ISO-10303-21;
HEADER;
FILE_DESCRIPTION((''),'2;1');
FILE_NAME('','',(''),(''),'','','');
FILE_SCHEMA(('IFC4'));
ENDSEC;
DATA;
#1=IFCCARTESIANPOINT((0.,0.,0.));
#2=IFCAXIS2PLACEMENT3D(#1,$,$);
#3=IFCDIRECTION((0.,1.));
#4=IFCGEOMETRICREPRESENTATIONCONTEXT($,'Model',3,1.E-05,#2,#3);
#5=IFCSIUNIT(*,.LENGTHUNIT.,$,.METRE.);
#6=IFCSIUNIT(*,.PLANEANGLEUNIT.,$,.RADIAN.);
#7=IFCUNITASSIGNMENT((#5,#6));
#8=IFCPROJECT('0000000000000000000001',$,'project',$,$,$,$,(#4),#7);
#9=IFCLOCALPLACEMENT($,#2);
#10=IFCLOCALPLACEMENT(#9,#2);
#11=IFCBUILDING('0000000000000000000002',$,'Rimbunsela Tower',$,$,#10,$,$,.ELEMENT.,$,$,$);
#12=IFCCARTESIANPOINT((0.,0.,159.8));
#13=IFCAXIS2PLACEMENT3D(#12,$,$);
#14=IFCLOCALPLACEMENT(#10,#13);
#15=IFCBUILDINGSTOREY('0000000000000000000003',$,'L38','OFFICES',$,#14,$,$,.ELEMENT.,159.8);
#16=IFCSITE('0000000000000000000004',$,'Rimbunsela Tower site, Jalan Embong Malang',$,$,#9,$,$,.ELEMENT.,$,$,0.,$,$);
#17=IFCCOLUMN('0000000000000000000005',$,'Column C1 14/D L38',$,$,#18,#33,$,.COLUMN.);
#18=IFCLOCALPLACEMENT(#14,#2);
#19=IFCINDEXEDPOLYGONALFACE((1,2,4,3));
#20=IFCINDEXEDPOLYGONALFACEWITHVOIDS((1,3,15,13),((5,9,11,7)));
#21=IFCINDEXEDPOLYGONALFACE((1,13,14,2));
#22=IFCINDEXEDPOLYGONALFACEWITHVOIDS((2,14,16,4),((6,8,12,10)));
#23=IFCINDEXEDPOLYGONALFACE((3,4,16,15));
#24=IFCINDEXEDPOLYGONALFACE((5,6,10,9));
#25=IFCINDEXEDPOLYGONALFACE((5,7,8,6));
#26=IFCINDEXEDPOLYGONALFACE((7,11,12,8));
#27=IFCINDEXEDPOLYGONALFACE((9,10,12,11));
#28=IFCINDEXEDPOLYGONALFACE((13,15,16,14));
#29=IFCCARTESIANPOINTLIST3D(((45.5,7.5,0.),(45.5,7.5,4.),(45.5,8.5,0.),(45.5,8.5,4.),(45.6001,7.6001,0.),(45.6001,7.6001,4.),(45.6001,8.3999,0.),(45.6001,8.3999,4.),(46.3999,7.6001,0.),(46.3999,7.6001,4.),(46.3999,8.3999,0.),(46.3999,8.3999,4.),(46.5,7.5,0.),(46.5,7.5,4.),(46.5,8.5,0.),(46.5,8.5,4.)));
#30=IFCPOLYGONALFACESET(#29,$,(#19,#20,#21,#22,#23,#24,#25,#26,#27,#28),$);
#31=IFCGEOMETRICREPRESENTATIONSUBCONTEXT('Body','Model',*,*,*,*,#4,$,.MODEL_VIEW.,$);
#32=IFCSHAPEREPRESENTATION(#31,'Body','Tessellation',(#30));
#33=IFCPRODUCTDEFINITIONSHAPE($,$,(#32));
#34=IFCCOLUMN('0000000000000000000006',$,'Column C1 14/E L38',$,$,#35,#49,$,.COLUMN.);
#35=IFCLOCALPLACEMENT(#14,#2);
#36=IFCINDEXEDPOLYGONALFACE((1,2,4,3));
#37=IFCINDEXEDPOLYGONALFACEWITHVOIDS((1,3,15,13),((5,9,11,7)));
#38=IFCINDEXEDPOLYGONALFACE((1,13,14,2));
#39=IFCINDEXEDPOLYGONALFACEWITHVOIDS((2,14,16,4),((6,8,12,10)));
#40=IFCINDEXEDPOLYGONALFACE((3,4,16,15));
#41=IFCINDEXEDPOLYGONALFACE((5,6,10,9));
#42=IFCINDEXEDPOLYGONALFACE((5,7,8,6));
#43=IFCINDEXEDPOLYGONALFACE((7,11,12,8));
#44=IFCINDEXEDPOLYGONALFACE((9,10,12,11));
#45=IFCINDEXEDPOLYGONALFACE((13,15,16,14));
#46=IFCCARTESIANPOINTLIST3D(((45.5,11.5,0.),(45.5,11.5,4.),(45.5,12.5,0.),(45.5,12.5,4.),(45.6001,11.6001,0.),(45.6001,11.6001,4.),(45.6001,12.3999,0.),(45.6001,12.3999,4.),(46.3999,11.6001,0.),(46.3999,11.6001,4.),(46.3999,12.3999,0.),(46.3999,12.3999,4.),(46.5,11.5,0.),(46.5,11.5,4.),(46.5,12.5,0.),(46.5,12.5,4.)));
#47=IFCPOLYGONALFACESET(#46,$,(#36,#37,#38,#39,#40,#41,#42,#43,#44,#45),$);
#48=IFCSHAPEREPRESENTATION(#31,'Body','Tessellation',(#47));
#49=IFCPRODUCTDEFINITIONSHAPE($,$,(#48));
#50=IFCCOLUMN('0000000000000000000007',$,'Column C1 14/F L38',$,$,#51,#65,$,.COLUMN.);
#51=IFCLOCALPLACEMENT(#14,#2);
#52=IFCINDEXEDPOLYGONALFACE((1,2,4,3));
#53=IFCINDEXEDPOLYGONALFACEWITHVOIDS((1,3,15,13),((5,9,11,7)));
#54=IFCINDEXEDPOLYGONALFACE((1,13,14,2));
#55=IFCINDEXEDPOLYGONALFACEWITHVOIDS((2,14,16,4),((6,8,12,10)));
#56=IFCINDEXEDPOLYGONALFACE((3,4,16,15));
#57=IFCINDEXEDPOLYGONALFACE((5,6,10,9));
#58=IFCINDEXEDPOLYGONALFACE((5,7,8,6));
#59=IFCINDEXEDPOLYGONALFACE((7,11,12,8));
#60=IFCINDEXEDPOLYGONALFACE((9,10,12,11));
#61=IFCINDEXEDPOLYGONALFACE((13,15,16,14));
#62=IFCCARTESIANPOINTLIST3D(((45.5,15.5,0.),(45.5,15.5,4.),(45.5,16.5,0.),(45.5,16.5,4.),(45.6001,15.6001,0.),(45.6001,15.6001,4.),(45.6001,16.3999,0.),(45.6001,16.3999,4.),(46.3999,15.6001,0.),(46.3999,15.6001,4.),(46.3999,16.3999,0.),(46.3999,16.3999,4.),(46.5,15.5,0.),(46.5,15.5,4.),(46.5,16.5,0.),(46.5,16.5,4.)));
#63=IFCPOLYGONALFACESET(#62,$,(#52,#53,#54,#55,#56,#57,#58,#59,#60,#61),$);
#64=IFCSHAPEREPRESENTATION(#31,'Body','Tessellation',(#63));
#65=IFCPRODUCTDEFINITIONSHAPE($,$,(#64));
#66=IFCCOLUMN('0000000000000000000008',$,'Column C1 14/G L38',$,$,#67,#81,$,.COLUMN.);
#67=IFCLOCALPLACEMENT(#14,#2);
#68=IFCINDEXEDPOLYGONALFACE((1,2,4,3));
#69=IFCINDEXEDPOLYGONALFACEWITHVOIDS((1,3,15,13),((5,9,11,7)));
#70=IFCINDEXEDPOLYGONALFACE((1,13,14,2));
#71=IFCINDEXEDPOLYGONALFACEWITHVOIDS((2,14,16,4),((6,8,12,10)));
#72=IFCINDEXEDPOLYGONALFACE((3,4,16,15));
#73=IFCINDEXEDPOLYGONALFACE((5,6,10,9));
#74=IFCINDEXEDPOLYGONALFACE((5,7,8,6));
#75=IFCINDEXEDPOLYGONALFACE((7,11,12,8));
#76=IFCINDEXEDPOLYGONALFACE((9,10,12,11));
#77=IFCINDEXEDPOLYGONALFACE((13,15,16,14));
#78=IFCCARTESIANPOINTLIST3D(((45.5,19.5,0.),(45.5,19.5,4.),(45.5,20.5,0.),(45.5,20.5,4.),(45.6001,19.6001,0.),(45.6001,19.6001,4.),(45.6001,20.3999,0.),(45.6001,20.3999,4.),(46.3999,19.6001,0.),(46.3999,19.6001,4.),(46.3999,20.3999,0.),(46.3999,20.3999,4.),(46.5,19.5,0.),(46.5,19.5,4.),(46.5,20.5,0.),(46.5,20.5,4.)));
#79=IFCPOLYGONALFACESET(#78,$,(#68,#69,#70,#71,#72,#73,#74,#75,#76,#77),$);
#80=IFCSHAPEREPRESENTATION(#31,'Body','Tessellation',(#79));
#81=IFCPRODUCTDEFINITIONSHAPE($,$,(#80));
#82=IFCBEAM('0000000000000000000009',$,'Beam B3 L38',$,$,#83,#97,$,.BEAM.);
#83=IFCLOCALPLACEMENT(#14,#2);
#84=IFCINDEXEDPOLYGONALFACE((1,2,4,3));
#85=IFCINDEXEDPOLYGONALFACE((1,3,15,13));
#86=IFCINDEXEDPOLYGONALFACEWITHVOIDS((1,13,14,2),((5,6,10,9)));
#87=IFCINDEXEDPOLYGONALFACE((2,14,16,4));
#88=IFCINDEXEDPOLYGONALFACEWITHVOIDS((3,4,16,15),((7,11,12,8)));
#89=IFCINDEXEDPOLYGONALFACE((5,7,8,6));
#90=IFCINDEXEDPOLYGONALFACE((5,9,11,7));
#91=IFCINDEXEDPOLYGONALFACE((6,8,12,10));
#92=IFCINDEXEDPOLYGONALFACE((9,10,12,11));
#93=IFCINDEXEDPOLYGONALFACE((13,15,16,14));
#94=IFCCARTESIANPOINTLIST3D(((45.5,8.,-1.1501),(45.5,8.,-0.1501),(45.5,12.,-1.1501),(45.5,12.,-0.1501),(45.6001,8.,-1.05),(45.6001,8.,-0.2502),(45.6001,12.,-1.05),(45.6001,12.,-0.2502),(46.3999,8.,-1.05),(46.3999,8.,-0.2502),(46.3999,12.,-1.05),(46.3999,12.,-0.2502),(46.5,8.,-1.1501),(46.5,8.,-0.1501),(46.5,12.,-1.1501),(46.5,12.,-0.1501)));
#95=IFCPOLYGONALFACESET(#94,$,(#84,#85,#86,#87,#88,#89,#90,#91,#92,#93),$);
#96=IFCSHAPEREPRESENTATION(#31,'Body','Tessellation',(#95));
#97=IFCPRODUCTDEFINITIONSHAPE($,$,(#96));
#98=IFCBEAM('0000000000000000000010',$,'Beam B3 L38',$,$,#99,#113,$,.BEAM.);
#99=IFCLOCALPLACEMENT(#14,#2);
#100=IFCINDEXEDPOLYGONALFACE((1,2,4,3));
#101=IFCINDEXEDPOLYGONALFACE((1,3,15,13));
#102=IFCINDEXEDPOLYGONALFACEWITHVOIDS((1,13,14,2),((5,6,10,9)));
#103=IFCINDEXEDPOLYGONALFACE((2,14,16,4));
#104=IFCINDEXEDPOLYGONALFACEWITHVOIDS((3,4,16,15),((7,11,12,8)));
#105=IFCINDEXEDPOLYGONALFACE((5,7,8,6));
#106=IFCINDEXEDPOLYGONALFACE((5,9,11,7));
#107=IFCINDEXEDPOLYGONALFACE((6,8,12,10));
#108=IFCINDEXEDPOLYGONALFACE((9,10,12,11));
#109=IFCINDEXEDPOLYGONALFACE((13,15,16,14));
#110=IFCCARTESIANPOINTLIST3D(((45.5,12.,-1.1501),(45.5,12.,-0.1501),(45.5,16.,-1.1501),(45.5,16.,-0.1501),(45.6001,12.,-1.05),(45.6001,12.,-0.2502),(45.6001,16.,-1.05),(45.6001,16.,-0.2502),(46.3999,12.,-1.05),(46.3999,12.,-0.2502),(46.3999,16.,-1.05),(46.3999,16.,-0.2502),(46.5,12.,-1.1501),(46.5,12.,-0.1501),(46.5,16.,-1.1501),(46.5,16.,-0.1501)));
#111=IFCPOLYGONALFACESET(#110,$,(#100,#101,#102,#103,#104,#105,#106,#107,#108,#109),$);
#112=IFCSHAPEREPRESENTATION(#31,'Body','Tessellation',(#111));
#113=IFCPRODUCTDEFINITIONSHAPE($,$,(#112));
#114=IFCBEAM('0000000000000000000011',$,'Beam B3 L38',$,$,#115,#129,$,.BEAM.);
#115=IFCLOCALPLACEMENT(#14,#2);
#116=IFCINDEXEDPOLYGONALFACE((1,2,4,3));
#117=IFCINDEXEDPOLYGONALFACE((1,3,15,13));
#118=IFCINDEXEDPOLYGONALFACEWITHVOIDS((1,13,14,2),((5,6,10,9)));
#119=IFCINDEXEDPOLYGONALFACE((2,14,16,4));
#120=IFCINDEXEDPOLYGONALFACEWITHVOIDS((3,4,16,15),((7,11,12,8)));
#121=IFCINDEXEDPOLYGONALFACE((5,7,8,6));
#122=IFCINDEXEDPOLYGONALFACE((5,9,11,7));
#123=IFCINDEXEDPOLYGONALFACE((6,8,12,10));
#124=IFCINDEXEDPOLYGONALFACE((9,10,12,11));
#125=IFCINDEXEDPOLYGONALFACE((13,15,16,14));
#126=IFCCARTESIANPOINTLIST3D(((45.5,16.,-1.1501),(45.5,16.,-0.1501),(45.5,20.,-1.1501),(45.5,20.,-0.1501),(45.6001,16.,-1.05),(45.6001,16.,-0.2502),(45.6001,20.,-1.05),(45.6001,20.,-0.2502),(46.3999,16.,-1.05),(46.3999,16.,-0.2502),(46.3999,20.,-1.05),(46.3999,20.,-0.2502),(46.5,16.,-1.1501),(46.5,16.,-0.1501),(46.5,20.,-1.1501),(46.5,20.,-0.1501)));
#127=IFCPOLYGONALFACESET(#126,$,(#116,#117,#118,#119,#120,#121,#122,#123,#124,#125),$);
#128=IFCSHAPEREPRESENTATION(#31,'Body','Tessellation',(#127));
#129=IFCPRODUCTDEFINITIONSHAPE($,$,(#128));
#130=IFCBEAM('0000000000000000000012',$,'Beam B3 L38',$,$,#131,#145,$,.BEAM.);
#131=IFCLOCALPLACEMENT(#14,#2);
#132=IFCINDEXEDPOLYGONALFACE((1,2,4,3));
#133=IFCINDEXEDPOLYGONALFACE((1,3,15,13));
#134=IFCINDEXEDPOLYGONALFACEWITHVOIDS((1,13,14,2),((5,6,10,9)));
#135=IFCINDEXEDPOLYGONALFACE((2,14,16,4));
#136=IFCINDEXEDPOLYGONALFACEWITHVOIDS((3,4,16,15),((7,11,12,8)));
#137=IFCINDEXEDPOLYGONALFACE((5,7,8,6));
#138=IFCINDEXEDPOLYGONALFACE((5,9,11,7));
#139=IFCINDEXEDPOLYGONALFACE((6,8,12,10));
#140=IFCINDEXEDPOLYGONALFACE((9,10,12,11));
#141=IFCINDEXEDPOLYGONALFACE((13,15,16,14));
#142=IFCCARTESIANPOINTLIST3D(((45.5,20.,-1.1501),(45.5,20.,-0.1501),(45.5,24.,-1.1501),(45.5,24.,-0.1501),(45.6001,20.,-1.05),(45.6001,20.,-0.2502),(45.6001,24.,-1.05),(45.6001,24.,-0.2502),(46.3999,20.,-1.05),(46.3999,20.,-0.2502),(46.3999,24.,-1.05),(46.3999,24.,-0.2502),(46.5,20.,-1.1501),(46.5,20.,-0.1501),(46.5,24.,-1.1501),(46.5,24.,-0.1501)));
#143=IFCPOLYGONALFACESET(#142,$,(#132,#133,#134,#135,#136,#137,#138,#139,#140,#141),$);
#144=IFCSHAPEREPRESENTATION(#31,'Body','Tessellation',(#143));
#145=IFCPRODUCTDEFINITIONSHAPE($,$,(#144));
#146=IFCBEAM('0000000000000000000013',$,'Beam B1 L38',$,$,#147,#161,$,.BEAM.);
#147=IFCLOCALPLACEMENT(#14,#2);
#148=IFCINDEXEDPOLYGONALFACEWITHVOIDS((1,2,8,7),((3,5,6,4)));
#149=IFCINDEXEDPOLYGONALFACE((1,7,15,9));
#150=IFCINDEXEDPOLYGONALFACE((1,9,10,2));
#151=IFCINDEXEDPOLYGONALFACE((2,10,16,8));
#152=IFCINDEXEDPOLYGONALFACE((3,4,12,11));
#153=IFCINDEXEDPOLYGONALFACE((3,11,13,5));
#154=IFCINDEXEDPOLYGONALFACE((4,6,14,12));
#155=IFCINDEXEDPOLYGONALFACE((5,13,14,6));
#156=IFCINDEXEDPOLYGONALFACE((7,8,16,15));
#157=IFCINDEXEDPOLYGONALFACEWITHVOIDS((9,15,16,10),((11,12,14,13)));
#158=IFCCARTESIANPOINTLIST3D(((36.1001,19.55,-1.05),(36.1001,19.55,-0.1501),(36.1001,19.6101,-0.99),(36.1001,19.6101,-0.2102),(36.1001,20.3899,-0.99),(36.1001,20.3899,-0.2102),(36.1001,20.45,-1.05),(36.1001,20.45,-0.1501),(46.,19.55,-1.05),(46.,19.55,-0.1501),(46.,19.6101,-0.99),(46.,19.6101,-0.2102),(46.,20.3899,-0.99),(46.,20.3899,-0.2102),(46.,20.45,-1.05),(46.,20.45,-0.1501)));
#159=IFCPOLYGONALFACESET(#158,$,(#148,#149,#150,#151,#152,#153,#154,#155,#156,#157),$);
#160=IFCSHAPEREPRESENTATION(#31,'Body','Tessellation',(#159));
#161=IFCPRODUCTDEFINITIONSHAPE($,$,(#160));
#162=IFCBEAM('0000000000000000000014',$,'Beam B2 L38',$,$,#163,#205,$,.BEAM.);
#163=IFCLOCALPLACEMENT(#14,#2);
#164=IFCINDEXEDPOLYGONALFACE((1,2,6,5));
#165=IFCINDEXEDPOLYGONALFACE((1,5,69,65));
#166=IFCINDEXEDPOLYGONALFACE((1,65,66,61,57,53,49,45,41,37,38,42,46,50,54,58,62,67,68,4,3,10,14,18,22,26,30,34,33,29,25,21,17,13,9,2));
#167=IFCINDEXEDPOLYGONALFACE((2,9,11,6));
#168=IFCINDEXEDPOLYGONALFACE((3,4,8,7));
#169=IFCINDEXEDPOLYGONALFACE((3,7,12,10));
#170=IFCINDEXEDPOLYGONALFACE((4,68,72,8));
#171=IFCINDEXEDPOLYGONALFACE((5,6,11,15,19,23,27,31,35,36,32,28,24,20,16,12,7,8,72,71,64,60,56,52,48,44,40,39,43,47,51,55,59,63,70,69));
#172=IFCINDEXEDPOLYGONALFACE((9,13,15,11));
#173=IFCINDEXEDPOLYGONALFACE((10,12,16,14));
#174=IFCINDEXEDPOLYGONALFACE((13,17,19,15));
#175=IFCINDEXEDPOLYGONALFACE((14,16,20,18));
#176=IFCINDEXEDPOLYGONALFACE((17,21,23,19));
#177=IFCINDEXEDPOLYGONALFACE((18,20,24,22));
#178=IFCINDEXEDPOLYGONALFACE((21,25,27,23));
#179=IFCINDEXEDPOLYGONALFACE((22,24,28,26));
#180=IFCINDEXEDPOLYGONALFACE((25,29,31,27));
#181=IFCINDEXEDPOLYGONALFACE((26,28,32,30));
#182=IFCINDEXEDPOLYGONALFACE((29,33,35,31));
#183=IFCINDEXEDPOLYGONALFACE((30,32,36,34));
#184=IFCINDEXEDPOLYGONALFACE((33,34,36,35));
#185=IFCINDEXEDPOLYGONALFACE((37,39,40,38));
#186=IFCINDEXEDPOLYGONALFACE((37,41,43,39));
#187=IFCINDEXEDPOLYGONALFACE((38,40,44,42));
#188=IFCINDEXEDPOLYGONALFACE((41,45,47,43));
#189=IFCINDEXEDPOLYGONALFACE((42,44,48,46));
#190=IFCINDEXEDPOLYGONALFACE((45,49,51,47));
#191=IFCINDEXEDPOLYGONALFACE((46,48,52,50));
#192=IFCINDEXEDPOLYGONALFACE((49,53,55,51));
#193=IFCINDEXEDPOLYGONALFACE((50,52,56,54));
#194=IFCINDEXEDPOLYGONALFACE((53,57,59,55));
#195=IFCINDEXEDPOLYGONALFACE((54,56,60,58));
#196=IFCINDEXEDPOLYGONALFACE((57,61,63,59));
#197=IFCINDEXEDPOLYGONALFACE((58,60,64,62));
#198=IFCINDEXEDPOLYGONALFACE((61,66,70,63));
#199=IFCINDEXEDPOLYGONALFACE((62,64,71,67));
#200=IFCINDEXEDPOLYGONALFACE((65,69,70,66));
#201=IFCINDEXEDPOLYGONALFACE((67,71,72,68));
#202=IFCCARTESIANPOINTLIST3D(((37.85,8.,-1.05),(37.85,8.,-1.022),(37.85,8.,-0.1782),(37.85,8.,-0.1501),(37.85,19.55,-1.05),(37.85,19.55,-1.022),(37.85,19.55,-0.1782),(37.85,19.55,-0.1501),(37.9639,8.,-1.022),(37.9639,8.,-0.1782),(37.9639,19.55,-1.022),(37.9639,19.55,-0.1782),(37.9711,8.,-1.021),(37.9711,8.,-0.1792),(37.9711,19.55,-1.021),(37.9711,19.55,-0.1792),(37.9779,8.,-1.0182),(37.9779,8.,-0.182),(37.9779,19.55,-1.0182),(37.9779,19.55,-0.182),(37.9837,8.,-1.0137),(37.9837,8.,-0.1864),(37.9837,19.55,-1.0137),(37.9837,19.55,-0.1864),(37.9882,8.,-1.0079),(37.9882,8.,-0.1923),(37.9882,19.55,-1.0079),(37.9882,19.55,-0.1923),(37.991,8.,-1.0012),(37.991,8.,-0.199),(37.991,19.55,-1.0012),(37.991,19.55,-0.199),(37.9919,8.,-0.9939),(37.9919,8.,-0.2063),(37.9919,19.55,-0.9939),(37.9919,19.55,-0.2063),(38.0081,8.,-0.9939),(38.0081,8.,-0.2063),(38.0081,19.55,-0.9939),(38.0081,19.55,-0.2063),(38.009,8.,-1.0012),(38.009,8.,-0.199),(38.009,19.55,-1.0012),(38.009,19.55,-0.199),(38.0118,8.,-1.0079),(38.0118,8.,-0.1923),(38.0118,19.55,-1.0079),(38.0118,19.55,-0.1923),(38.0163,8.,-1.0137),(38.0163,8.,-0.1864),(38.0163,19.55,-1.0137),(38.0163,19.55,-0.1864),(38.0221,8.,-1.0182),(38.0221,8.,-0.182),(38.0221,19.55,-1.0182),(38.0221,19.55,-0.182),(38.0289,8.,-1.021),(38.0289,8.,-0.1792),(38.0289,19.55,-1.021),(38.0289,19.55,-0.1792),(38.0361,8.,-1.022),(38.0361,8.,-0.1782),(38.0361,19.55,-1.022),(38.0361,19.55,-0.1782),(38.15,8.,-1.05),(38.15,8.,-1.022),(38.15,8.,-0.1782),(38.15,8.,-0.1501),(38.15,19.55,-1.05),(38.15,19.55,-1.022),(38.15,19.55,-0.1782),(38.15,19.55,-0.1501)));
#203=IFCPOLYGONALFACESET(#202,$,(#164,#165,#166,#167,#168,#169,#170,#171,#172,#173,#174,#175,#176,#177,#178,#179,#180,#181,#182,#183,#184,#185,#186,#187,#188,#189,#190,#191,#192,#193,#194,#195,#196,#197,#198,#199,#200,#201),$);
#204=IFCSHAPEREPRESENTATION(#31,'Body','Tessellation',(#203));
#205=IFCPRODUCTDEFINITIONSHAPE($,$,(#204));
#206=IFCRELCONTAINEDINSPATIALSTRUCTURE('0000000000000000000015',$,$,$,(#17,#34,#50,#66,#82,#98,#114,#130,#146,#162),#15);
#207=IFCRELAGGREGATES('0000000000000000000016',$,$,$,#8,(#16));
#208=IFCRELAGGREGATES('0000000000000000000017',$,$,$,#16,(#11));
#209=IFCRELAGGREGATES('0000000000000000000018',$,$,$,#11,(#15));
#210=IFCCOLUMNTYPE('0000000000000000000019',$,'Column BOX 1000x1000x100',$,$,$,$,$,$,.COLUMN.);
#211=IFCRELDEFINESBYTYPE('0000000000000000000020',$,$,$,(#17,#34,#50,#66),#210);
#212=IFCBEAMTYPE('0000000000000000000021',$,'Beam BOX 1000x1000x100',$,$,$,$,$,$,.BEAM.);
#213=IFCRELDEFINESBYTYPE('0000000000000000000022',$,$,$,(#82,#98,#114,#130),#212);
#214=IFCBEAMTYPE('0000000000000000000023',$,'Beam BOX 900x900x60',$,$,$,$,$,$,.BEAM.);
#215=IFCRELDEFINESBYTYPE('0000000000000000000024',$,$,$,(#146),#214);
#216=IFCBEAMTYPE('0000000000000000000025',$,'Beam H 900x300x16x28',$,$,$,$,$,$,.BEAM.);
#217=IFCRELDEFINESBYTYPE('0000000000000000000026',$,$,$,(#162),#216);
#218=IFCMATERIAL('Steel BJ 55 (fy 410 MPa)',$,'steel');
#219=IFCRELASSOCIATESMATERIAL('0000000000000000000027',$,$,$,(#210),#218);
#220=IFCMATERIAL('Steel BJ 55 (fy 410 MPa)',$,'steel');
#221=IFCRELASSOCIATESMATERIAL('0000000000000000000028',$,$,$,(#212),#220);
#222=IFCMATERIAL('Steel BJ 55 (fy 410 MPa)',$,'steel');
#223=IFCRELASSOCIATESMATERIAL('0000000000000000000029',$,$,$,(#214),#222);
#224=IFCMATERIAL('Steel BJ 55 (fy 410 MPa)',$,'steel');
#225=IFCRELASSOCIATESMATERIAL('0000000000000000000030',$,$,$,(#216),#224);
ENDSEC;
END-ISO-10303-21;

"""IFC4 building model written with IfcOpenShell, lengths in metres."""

from ifc_helpers import new_model, si_unit, direction, frame, origin, origin_2d, place, context, subcontext, project, spatial, hollow_rectangle, i_section, extrude, material, material_profile, profile_set, type_object, element, save


model = new_model("IFC4")

# Units and contexts
model_context = context("Model", 3, precision=1e-05, world=origin(), true_north=direction((0.0, 1.0)))
body_context = subcontext(model_context, "Body", "Model", "MODEL_VIEW")
ifc_project = project(units=[si_unit("LENGTHUNIT", "METRE"), si_unit("PLANEANGLEUNIT", "RADIAN")], contexts=[model_context])

# Site, building, storey
site_placement = place(None, origin())
site = spatial("IfcSite", under=ifc_project, at=site_placement, Name="Rimbunsela Tower site, Jalan Embong Malang", CompositionType="ELEMENT", RefElevation=0.0)
building_placement = place(site_placement, origin())
building = spatial("IfcBuilding", under=site, at=building_placement, Name="Rimbunsela Tower", CompositionType="ELEMENT")
storey_placement = place(building_placement, frame((0.0, 0.0, 159.8)))
storey = spatial("IfcBuildingStorey", under=building, at=storey_placement, Name="L38", Description="OFFICES", CompositionType="ELEMENT", Elevation=159.8)

# Columns
ifc_material_1 = material(Name="Steel BJ 55 (fy 410 MPa)", Category="steel")
ifc_material_profile_1 = material_profile(ifc_material_1, hollow_rectangle(XDim=1.0, YDim=1.0, WallThickness=0.1001, at=origin_2d()), Name="BOX 1000x1000x100")
ifc_profile_set_1 = profile_set([ifc_material_profile_1], Name="Steel BJ 55 (fy 410 MPa)")
column_type = type_object("IfcColumnType", Name="Column BOX 1000x1000x100", PredefinedType="COLUMN", material=ifc_profile_set_1)
for number, where, z_axis, x_axis, name in (
    (1, (46.0, 8.0, 0.0), (0.0, 0.0, 1.0), (1.0, 0.0, 0.0), "Column C1 14/D L38"),
    (2, (46.0, 12.0, 0.0), (0.0, 0.0, 1.0), (1.0, 0.0, 0.0), "Column C1 14/E L38"),
    (3, (46.0, 16.0, 0.0), (0.0, 0.0, 1.0), (1.0, 0.0, 0.0), "Column C1 14/F L38"),
    (4, (46.0, 20.0, 0.0), (0.0, 0.0, 1.0), (1.0, 0.0, 0.0), "Column C1 14/G L38"),
):
    element("IfcColumn", number, at=place(storey_placement, frame(where, z_axis=z_axis, x_axis=x_axis)), inside=storey, type_object=column_type, Name=name, PredefinedType="COLUMN", context=body_context, shape_type="SweptSolid", body=[
        extrude(hollow_rectangle(XDim=1.0, YDim=1.0, WallThickness=0.1001, at=origin_2d()), origin(), (0.0, 0.0, 1.0), 4.0),
    ])

# Beams
ifc_material_2 = material(Name="Steel BJ 55 (fy 410 MPa)", Category="steel")
ifc_material_profile_2 = material_profile(ifc_material_2, hollow_rectangle(XDim=1.0, YDim=1.0, WallThickness=0.1001, at=origin_2d()), Name="BOX 1000x1000x100")
ifc_profile_set_2 = profile_set([ifc_material_profile_2], Name="Steel BJ 55 (fy 410 MPa)")
beam_type_1 = type_object("IfcBeamType", Name="Beam BOX 1000x1000x100", PredefinedType="BEAM", material=ifc_profile_set_2)
for number, where, z_axis, x_axis, name in (
    (5, (46.0, 8.0, -0.6501), (0.0, 1.0, 0.0), (-1.0, 0.0, 0.0), "Beam B3 L38"),
    (6, (46.0, 12.0, -0.6501), (0.0, 1.0, 0.0), (-1.0, 0.0, 0.0), "Beam B3 L38"),
    (7, (46.0, 16.0, -0.6501), (0.0, 1.0, 0.0), (-1.0, 0.0, 0.0), "Beam B3 L38"),
    (8, (46.0, 20.0, -0.6501), (0.0, 1.0, 0.0), (-1.0, 0.0, 0.0), "Beam B3 L38"),
):
    element("IfcBeam", number, at=place(storey_placement, frame(where, z_axis=z_axis, x_axis=x_axis)), inside=storey, type_object=beam_type_1, Name=name, PredefinedType="BEAM", context=body_context, shape_type="SweptSolid", body=[
        extrude(hollow_rectangle(XDim=1.0, YDim=1.0, WallThickness=0.1001, at=origin_2d()), origin(), (0.0, 0.0, 1.0), 4.0),
    ])
ifc_material_3 = material(Name="Steel BJ 55 (fy 410 MPa)", Category="steel")
ifc_material_profile_3 = material_profile(ifc_material_3, hollow_rectangle(XDim=0.8999, YDim=0.8999, WallThickness=0.0601, at=origin_2d()), Name="BOX 900x900x60")
ifc_profile_set_3 = profile_set([ifc_material_profile_3], Name="Steel BJ 55 (fy 410 MPa)")
beam_type_2 = type_object("IfcBeamType", Name="Beam BOX 900x900x60", PredefinedType="BEAM", material=ifc_profile_set_3)
beam_1_placement = place(storey_placement, frame((36.1001, 20.0, -0.6001), z_axis=(1.0, 0.0, 0.0), x_axis=(0.0, 1.0, 0.0)))
element("IfcBeam", 9, at=beam_1_placement, inside=storey, type_object=beam_type_2, Name="Beam B1 L38", PredefinedType="BEAM", context=body_context, shape_type="SweptSolid", body=[
    extrude(hollow_rectangle(XDim=0.8999, YDim=0.8999, WallThickness=0.0601, at=origin_2d()), origin(), (0.0, 0.0, 1.0), 9.8999),
])
ifc_material_4 = material(Name="Steel BJ 55 (fy 410 MPa)", Category="steel")
ifc_material_profile_4 = material_profile(ifc_material_4, i_section(OverallWidth=0.3, OverallDepth=0.8999, WebThickness=0.0161, FlangeThickness=0.0281, FilletRadius=0.0281, at=origin_2d()), Name="H 900x300x16x28")
ifc_profile_set_4 = profile_set([ifc_material_profile_4], Name="Steel BJ 55 (fy 410 MPa)")
beam_type_3 = type_object("IfcBeamType", Name="Beam H 900x300x16x28", PredefinedType="BEAM", material=ifc_profile_set_4)
beam_2_placement = place(storey_placement, frame((38.0, 8.0, -0.6001), z_axis=(0.0, 1.0, 0.0), x_axis=(-1.0, 0.0, 0.0)))
element("IfcBeam", 10, at=beam_2_placement, inside=storey, type_object=beam_type_3, Name="Beam B2 L38", PredefinedType="BEAM", context=body_context, shape_type="SweptSolid", body=[
    extrude(i_section(OverallWidth=0.3, OverallDepth=0.8999, WebThickness=0.0161, FlangeThickness=0.0281, FilletRadius=0.0281, at=origin_2d()), origin(), (0.0, 0.0, 1.0), 11.55),
])

save(model, "model.ifc")
